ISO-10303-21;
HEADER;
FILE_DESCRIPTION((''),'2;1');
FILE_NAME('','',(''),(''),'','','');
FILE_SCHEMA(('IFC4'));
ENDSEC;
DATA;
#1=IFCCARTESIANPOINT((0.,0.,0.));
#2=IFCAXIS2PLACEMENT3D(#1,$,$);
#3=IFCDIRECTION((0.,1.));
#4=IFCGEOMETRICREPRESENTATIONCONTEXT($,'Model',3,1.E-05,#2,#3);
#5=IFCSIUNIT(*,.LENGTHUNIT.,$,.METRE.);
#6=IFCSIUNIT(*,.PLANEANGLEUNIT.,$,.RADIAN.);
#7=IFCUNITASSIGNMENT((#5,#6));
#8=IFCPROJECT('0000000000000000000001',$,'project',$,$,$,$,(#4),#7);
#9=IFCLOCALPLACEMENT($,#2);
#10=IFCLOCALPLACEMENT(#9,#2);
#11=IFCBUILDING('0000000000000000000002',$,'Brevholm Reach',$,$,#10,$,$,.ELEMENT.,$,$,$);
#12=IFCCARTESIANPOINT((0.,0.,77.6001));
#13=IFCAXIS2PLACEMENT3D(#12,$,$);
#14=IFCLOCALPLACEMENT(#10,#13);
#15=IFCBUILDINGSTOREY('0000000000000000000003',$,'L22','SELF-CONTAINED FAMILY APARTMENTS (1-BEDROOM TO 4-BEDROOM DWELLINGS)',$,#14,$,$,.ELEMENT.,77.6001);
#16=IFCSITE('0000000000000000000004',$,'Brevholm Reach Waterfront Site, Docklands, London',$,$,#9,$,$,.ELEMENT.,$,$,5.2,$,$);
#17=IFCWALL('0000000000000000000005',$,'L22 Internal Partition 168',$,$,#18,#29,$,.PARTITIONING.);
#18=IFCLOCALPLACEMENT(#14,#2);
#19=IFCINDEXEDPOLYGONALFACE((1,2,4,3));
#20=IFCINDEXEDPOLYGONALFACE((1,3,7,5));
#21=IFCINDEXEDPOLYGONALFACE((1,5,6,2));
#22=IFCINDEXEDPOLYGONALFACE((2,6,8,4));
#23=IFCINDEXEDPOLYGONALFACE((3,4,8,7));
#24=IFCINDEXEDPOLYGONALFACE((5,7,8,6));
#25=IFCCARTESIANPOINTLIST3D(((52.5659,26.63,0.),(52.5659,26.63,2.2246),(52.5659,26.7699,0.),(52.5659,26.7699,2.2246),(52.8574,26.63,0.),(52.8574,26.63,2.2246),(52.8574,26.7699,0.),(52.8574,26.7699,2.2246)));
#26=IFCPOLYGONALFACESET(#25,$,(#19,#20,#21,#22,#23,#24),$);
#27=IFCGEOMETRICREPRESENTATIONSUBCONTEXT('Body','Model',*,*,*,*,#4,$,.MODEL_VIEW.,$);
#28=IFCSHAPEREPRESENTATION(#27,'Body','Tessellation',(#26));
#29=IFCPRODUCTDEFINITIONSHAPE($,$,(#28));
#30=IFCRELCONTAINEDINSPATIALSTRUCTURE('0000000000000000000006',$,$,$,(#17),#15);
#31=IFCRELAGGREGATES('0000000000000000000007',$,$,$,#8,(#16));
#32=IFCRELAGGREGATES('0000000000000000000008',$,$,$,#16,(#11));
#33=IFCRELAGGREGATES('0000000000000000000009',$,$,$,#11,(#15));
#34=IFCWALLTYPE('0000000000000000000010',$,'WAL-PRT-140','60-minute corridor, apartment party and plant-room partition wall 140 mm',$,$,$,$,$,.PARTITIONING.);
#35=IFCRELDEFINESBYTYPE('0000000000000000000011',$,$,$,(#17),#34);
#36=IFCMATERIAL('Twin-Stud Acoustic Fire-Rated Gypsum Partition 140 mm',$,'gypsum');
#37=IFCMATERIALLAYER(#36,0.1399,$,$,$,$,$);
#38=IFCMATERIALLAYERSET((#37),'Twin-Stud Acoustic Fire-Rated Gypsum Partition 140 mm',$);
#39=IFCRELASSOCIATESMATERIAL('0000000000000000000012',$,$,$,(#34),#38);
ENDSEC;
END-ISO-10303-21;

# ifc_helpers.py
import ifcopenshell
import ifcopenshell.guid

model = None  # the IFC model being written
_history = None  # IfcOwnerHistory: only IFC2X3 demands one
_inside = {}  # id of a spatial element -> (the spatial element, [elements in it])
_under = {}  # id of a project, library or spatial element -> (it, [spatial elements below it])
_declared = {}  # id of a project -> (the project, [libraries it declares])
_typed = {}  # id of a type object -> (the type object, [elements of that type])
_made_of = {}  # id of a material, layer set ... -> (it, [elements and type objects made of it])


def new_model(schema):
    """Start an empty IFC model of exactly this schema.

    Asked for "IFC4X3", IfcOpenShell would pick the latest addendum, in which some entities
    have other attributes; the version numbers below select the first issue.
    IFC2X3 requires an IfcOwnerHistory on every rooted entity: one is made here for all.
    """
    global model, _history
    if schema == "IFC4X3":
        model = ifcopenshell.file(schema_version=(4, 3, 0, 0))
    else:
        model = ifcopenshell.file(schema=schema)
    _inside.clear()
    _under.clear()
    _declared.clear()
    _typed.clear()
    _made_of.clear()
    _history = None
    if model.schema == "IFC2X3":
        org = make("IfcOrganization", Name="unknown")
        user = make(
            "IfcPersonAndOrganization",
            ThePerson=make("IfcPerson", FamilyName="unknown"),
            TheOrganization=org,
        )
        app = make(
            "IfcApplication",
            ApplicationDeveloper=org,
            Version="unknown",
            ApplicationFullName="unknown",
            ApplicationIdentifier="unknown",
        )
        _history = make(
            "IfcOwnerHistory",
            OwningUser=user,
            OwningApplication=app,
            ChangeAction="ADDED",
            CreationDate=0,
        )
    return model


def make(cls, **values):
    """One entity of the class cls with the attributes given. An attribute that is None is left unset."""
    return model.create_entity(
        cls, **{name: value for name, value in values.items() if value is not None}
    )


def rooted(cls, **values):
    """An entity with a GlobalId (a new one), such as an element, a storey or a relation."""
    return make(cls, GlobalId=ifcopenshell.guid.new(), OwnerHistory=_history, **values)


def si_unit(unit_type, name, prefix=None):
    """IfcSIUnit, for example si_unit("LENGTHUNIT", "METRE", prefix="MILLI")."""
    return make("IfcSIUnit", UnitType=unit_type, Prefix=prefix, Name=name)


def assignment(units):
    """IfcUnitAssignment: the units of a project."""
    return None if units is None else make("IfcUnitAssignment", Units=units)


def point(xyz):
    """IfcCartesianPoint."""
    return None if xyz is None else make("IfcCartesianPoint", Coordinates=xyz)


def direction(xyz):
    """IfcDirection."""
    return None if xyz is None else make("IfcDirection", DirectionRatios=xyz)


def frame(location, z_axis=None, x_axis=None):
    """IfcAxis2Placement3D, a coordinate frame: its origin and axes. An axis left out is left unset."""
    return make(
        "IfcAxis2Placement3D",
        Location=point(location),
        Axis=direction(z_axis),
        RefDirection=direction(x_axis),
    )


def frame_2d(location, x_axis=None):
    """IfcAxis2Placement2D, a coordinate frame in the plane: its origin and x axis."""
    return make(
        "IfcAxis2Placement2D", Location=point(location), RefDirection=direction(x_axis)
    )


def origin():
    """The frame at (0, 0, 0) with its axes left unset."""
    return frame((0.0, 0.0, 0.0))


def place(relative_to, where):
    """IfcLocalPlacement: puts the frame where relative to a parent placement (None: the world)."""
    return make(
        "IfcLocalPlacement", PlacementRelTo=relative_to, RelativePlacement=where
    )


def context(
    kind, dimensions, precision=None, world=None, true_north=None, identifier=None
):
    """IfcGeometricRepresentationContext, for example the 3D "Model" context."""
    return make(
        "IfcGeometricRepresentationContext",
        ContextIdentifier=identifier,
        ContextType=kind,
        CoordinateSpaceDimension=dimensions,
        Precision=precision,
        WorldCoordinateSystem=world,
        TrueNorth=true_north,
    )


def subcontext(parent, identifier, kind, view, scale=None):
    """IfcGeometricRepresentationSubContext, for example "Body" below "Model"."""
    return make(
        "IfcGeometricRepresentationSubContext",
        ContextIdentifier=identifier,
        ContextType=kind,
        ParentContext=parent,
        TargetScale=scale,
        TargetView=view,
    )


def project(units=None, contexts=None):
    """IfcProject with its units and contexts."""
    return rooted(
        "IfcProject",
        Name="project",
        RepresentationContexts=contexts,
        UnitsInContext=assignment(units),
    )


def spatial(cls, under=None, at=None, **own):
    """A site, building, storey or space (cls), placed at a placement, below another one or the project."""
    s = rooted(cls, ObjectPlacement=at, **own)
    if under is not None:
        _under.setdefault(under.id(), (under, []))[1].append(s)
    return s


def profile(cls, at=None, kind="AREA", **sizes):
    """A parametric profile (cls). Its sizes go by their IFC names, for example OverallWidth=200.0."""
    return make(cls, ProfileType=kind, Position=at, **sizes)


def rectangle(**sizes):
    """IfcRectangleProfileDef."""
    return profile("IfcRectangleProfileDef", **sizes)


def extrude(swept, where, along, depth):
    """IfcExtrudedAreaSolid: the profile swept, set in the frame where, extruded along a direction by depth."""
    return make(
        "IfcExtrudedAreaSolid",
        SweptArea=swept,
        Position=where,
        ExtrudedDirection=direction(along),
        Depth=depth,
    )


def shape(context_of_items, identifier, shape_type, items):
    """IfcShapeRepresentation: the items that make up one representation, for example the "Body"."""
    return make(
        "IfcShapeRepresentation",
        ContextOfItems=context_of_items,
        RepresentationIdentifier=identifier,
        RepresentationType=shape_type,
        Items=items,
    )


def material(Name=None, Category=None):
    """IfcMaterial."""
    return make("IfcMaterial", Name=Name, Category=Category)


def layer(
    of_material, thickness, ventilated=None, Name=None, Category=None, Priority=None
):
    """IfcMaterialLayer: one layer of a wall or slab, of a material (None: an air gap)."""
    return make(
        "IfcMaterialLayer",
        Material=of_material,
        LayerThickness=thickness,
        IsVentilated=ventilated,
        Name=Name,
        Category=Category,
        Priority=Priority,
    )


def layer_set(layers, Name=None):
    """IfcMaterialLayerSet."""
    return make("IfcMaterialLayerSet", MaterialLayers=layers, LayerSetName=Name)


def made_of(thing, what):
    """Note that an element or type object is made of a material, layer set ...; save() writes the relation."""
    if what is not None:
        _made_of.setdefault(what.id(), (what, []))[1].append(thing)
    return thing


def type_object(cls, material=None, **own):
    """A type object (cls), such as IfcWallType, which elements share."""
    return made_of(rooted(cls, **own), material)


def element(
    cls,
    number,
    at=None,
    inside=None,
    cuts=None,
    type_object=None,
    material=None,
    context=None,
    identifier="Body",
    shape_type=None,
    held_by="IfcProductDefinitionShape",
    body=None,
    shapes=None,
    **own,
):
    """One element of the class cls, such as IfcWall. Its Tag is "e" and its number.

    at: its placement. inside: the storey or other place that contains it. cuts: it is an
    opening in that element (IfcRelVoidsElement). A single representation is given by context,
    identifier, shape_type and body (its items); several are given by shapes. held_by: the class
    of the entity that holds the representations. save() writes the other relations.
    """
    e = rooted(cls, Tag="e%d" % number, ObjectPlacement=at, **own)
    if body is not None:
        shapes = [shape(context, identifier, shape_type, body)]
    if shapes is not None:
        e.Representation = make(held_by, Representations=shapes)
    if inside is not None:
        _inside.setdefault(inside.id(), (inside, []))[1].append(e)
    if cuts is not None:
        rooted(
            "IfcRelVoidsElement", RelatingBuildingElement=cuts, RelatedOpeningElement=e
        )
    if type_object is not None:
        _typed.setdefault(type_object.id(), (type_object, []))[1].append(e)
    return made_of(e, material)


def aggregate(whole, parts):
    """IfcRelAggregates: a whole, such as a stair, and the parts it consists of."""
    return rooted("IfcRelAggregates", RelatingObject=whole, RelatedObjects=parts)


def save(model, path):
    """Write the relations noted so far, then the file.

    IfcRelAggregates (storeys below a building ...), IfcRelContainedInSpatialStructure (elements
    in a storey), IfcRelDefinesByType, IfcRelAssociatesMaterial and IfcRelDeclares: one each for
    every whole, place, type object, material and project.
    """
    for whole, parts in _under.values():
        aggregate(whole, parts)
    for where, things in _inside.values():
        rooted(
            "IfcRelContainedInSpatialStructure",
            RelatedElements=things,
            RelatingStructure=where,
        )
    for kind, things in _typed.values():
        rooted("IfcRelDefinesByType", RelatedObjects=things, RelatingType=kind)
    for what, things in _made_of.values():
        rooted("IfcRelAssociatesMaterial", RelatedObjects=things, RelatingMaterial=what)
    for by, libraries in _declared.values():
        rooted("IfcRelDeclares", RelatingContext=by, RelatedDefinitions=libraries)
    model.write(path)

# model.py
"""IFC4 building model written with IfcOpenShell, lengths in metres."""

from ifc_helpers import new_model, si_unit, direction, frame, frame_2d, origin, place, context, subcontext, project, spatial, rectangle, extrude, material, layer, layer_set, type_object, element, save


model = new_model("IFC4")

# Units and contexts
model_context = context("Model", 3, precision=1e-05, world=origin(), true_north=direction((0.0, 1.0)))
body_context = subcontext(model_context, "Body", "Model", "MODEL_VIEW")
ifc_project = project(units=[si_unit("LENGTHUNIT", "METRE"), si_unit("PLANEANGLEUNIT", "RADIAN")], contexts=[model_context])

# Site, building, storey
site_placement = place(None, origin())
site = spatial("IfcSite", under=ifc_project, at=site_placement, Name="Brevholm Reach Waterfront Site, Docklands, London", CompositionType="ELEMENT", RefElevation=5.2)
building_placement = place(site_placement, origin())
building = spatial("IfcBuilding", under=site, at=building_placement, Name="Brevholm Reach", CompositionType="ELEMENT")
storey_placement = place(building_placement, frame((0.0, 0.0, 77.6001)))
storey = spatial("IfcBuildingStorey", under=building, at=storey_placement, Name="L22", Description="SELF-CONTAINED FAMILY APARTMENTS (1-BEDROOM TO 4-BEDROOM DWELLINGS)", CompositionType="ELEMENT", Elevation=77.6001)

# Shared definitions
ifc_material_1 = material(Name="Twin-Stud Acoustic Fire-Rated Gypsum Partition 140 mm", Category="gypsum")
ifc_layer_1 = layer(ifc_material_1, 0.1399)
ifc_layer_set_1 = layer_set([ifc_layer_1], Name="Twin-Stud Acoustic Fire-Rated Gypsum Partition 140 mm")
wall_type_1 = type_object("IfcWallType", Name="WAL-PRT-140", Description="60-minute corridor, apartment party and plant-room partition wall 140 mm", PredefinedType="PARTITIONING", material=ifc_layer_set_1)

# Wall
wall_1_placement = place(storey_placement, frame((52.5659, 26.7, 0.0), z_axis=(0.0, 0.0, 1.0), x_axis=(1.0, 0.0, 0.0)))
element("IfcWall", 1, at=wall_1_placement, inside=storey, type_object=wall_type_1, Name="L22 Internal Partition 168", PredefinedType="PARTITIONING", context=body_context, shape_type="SweptSolid", body=[
    extrude(rectangle(XDim=0.2915, YDim=0.1399, at=frame_2d((0.1458, 0.0))), origin(), (0.0, 0.0, 1.0), 2.2246),
])

save(model, "model.ifc")
